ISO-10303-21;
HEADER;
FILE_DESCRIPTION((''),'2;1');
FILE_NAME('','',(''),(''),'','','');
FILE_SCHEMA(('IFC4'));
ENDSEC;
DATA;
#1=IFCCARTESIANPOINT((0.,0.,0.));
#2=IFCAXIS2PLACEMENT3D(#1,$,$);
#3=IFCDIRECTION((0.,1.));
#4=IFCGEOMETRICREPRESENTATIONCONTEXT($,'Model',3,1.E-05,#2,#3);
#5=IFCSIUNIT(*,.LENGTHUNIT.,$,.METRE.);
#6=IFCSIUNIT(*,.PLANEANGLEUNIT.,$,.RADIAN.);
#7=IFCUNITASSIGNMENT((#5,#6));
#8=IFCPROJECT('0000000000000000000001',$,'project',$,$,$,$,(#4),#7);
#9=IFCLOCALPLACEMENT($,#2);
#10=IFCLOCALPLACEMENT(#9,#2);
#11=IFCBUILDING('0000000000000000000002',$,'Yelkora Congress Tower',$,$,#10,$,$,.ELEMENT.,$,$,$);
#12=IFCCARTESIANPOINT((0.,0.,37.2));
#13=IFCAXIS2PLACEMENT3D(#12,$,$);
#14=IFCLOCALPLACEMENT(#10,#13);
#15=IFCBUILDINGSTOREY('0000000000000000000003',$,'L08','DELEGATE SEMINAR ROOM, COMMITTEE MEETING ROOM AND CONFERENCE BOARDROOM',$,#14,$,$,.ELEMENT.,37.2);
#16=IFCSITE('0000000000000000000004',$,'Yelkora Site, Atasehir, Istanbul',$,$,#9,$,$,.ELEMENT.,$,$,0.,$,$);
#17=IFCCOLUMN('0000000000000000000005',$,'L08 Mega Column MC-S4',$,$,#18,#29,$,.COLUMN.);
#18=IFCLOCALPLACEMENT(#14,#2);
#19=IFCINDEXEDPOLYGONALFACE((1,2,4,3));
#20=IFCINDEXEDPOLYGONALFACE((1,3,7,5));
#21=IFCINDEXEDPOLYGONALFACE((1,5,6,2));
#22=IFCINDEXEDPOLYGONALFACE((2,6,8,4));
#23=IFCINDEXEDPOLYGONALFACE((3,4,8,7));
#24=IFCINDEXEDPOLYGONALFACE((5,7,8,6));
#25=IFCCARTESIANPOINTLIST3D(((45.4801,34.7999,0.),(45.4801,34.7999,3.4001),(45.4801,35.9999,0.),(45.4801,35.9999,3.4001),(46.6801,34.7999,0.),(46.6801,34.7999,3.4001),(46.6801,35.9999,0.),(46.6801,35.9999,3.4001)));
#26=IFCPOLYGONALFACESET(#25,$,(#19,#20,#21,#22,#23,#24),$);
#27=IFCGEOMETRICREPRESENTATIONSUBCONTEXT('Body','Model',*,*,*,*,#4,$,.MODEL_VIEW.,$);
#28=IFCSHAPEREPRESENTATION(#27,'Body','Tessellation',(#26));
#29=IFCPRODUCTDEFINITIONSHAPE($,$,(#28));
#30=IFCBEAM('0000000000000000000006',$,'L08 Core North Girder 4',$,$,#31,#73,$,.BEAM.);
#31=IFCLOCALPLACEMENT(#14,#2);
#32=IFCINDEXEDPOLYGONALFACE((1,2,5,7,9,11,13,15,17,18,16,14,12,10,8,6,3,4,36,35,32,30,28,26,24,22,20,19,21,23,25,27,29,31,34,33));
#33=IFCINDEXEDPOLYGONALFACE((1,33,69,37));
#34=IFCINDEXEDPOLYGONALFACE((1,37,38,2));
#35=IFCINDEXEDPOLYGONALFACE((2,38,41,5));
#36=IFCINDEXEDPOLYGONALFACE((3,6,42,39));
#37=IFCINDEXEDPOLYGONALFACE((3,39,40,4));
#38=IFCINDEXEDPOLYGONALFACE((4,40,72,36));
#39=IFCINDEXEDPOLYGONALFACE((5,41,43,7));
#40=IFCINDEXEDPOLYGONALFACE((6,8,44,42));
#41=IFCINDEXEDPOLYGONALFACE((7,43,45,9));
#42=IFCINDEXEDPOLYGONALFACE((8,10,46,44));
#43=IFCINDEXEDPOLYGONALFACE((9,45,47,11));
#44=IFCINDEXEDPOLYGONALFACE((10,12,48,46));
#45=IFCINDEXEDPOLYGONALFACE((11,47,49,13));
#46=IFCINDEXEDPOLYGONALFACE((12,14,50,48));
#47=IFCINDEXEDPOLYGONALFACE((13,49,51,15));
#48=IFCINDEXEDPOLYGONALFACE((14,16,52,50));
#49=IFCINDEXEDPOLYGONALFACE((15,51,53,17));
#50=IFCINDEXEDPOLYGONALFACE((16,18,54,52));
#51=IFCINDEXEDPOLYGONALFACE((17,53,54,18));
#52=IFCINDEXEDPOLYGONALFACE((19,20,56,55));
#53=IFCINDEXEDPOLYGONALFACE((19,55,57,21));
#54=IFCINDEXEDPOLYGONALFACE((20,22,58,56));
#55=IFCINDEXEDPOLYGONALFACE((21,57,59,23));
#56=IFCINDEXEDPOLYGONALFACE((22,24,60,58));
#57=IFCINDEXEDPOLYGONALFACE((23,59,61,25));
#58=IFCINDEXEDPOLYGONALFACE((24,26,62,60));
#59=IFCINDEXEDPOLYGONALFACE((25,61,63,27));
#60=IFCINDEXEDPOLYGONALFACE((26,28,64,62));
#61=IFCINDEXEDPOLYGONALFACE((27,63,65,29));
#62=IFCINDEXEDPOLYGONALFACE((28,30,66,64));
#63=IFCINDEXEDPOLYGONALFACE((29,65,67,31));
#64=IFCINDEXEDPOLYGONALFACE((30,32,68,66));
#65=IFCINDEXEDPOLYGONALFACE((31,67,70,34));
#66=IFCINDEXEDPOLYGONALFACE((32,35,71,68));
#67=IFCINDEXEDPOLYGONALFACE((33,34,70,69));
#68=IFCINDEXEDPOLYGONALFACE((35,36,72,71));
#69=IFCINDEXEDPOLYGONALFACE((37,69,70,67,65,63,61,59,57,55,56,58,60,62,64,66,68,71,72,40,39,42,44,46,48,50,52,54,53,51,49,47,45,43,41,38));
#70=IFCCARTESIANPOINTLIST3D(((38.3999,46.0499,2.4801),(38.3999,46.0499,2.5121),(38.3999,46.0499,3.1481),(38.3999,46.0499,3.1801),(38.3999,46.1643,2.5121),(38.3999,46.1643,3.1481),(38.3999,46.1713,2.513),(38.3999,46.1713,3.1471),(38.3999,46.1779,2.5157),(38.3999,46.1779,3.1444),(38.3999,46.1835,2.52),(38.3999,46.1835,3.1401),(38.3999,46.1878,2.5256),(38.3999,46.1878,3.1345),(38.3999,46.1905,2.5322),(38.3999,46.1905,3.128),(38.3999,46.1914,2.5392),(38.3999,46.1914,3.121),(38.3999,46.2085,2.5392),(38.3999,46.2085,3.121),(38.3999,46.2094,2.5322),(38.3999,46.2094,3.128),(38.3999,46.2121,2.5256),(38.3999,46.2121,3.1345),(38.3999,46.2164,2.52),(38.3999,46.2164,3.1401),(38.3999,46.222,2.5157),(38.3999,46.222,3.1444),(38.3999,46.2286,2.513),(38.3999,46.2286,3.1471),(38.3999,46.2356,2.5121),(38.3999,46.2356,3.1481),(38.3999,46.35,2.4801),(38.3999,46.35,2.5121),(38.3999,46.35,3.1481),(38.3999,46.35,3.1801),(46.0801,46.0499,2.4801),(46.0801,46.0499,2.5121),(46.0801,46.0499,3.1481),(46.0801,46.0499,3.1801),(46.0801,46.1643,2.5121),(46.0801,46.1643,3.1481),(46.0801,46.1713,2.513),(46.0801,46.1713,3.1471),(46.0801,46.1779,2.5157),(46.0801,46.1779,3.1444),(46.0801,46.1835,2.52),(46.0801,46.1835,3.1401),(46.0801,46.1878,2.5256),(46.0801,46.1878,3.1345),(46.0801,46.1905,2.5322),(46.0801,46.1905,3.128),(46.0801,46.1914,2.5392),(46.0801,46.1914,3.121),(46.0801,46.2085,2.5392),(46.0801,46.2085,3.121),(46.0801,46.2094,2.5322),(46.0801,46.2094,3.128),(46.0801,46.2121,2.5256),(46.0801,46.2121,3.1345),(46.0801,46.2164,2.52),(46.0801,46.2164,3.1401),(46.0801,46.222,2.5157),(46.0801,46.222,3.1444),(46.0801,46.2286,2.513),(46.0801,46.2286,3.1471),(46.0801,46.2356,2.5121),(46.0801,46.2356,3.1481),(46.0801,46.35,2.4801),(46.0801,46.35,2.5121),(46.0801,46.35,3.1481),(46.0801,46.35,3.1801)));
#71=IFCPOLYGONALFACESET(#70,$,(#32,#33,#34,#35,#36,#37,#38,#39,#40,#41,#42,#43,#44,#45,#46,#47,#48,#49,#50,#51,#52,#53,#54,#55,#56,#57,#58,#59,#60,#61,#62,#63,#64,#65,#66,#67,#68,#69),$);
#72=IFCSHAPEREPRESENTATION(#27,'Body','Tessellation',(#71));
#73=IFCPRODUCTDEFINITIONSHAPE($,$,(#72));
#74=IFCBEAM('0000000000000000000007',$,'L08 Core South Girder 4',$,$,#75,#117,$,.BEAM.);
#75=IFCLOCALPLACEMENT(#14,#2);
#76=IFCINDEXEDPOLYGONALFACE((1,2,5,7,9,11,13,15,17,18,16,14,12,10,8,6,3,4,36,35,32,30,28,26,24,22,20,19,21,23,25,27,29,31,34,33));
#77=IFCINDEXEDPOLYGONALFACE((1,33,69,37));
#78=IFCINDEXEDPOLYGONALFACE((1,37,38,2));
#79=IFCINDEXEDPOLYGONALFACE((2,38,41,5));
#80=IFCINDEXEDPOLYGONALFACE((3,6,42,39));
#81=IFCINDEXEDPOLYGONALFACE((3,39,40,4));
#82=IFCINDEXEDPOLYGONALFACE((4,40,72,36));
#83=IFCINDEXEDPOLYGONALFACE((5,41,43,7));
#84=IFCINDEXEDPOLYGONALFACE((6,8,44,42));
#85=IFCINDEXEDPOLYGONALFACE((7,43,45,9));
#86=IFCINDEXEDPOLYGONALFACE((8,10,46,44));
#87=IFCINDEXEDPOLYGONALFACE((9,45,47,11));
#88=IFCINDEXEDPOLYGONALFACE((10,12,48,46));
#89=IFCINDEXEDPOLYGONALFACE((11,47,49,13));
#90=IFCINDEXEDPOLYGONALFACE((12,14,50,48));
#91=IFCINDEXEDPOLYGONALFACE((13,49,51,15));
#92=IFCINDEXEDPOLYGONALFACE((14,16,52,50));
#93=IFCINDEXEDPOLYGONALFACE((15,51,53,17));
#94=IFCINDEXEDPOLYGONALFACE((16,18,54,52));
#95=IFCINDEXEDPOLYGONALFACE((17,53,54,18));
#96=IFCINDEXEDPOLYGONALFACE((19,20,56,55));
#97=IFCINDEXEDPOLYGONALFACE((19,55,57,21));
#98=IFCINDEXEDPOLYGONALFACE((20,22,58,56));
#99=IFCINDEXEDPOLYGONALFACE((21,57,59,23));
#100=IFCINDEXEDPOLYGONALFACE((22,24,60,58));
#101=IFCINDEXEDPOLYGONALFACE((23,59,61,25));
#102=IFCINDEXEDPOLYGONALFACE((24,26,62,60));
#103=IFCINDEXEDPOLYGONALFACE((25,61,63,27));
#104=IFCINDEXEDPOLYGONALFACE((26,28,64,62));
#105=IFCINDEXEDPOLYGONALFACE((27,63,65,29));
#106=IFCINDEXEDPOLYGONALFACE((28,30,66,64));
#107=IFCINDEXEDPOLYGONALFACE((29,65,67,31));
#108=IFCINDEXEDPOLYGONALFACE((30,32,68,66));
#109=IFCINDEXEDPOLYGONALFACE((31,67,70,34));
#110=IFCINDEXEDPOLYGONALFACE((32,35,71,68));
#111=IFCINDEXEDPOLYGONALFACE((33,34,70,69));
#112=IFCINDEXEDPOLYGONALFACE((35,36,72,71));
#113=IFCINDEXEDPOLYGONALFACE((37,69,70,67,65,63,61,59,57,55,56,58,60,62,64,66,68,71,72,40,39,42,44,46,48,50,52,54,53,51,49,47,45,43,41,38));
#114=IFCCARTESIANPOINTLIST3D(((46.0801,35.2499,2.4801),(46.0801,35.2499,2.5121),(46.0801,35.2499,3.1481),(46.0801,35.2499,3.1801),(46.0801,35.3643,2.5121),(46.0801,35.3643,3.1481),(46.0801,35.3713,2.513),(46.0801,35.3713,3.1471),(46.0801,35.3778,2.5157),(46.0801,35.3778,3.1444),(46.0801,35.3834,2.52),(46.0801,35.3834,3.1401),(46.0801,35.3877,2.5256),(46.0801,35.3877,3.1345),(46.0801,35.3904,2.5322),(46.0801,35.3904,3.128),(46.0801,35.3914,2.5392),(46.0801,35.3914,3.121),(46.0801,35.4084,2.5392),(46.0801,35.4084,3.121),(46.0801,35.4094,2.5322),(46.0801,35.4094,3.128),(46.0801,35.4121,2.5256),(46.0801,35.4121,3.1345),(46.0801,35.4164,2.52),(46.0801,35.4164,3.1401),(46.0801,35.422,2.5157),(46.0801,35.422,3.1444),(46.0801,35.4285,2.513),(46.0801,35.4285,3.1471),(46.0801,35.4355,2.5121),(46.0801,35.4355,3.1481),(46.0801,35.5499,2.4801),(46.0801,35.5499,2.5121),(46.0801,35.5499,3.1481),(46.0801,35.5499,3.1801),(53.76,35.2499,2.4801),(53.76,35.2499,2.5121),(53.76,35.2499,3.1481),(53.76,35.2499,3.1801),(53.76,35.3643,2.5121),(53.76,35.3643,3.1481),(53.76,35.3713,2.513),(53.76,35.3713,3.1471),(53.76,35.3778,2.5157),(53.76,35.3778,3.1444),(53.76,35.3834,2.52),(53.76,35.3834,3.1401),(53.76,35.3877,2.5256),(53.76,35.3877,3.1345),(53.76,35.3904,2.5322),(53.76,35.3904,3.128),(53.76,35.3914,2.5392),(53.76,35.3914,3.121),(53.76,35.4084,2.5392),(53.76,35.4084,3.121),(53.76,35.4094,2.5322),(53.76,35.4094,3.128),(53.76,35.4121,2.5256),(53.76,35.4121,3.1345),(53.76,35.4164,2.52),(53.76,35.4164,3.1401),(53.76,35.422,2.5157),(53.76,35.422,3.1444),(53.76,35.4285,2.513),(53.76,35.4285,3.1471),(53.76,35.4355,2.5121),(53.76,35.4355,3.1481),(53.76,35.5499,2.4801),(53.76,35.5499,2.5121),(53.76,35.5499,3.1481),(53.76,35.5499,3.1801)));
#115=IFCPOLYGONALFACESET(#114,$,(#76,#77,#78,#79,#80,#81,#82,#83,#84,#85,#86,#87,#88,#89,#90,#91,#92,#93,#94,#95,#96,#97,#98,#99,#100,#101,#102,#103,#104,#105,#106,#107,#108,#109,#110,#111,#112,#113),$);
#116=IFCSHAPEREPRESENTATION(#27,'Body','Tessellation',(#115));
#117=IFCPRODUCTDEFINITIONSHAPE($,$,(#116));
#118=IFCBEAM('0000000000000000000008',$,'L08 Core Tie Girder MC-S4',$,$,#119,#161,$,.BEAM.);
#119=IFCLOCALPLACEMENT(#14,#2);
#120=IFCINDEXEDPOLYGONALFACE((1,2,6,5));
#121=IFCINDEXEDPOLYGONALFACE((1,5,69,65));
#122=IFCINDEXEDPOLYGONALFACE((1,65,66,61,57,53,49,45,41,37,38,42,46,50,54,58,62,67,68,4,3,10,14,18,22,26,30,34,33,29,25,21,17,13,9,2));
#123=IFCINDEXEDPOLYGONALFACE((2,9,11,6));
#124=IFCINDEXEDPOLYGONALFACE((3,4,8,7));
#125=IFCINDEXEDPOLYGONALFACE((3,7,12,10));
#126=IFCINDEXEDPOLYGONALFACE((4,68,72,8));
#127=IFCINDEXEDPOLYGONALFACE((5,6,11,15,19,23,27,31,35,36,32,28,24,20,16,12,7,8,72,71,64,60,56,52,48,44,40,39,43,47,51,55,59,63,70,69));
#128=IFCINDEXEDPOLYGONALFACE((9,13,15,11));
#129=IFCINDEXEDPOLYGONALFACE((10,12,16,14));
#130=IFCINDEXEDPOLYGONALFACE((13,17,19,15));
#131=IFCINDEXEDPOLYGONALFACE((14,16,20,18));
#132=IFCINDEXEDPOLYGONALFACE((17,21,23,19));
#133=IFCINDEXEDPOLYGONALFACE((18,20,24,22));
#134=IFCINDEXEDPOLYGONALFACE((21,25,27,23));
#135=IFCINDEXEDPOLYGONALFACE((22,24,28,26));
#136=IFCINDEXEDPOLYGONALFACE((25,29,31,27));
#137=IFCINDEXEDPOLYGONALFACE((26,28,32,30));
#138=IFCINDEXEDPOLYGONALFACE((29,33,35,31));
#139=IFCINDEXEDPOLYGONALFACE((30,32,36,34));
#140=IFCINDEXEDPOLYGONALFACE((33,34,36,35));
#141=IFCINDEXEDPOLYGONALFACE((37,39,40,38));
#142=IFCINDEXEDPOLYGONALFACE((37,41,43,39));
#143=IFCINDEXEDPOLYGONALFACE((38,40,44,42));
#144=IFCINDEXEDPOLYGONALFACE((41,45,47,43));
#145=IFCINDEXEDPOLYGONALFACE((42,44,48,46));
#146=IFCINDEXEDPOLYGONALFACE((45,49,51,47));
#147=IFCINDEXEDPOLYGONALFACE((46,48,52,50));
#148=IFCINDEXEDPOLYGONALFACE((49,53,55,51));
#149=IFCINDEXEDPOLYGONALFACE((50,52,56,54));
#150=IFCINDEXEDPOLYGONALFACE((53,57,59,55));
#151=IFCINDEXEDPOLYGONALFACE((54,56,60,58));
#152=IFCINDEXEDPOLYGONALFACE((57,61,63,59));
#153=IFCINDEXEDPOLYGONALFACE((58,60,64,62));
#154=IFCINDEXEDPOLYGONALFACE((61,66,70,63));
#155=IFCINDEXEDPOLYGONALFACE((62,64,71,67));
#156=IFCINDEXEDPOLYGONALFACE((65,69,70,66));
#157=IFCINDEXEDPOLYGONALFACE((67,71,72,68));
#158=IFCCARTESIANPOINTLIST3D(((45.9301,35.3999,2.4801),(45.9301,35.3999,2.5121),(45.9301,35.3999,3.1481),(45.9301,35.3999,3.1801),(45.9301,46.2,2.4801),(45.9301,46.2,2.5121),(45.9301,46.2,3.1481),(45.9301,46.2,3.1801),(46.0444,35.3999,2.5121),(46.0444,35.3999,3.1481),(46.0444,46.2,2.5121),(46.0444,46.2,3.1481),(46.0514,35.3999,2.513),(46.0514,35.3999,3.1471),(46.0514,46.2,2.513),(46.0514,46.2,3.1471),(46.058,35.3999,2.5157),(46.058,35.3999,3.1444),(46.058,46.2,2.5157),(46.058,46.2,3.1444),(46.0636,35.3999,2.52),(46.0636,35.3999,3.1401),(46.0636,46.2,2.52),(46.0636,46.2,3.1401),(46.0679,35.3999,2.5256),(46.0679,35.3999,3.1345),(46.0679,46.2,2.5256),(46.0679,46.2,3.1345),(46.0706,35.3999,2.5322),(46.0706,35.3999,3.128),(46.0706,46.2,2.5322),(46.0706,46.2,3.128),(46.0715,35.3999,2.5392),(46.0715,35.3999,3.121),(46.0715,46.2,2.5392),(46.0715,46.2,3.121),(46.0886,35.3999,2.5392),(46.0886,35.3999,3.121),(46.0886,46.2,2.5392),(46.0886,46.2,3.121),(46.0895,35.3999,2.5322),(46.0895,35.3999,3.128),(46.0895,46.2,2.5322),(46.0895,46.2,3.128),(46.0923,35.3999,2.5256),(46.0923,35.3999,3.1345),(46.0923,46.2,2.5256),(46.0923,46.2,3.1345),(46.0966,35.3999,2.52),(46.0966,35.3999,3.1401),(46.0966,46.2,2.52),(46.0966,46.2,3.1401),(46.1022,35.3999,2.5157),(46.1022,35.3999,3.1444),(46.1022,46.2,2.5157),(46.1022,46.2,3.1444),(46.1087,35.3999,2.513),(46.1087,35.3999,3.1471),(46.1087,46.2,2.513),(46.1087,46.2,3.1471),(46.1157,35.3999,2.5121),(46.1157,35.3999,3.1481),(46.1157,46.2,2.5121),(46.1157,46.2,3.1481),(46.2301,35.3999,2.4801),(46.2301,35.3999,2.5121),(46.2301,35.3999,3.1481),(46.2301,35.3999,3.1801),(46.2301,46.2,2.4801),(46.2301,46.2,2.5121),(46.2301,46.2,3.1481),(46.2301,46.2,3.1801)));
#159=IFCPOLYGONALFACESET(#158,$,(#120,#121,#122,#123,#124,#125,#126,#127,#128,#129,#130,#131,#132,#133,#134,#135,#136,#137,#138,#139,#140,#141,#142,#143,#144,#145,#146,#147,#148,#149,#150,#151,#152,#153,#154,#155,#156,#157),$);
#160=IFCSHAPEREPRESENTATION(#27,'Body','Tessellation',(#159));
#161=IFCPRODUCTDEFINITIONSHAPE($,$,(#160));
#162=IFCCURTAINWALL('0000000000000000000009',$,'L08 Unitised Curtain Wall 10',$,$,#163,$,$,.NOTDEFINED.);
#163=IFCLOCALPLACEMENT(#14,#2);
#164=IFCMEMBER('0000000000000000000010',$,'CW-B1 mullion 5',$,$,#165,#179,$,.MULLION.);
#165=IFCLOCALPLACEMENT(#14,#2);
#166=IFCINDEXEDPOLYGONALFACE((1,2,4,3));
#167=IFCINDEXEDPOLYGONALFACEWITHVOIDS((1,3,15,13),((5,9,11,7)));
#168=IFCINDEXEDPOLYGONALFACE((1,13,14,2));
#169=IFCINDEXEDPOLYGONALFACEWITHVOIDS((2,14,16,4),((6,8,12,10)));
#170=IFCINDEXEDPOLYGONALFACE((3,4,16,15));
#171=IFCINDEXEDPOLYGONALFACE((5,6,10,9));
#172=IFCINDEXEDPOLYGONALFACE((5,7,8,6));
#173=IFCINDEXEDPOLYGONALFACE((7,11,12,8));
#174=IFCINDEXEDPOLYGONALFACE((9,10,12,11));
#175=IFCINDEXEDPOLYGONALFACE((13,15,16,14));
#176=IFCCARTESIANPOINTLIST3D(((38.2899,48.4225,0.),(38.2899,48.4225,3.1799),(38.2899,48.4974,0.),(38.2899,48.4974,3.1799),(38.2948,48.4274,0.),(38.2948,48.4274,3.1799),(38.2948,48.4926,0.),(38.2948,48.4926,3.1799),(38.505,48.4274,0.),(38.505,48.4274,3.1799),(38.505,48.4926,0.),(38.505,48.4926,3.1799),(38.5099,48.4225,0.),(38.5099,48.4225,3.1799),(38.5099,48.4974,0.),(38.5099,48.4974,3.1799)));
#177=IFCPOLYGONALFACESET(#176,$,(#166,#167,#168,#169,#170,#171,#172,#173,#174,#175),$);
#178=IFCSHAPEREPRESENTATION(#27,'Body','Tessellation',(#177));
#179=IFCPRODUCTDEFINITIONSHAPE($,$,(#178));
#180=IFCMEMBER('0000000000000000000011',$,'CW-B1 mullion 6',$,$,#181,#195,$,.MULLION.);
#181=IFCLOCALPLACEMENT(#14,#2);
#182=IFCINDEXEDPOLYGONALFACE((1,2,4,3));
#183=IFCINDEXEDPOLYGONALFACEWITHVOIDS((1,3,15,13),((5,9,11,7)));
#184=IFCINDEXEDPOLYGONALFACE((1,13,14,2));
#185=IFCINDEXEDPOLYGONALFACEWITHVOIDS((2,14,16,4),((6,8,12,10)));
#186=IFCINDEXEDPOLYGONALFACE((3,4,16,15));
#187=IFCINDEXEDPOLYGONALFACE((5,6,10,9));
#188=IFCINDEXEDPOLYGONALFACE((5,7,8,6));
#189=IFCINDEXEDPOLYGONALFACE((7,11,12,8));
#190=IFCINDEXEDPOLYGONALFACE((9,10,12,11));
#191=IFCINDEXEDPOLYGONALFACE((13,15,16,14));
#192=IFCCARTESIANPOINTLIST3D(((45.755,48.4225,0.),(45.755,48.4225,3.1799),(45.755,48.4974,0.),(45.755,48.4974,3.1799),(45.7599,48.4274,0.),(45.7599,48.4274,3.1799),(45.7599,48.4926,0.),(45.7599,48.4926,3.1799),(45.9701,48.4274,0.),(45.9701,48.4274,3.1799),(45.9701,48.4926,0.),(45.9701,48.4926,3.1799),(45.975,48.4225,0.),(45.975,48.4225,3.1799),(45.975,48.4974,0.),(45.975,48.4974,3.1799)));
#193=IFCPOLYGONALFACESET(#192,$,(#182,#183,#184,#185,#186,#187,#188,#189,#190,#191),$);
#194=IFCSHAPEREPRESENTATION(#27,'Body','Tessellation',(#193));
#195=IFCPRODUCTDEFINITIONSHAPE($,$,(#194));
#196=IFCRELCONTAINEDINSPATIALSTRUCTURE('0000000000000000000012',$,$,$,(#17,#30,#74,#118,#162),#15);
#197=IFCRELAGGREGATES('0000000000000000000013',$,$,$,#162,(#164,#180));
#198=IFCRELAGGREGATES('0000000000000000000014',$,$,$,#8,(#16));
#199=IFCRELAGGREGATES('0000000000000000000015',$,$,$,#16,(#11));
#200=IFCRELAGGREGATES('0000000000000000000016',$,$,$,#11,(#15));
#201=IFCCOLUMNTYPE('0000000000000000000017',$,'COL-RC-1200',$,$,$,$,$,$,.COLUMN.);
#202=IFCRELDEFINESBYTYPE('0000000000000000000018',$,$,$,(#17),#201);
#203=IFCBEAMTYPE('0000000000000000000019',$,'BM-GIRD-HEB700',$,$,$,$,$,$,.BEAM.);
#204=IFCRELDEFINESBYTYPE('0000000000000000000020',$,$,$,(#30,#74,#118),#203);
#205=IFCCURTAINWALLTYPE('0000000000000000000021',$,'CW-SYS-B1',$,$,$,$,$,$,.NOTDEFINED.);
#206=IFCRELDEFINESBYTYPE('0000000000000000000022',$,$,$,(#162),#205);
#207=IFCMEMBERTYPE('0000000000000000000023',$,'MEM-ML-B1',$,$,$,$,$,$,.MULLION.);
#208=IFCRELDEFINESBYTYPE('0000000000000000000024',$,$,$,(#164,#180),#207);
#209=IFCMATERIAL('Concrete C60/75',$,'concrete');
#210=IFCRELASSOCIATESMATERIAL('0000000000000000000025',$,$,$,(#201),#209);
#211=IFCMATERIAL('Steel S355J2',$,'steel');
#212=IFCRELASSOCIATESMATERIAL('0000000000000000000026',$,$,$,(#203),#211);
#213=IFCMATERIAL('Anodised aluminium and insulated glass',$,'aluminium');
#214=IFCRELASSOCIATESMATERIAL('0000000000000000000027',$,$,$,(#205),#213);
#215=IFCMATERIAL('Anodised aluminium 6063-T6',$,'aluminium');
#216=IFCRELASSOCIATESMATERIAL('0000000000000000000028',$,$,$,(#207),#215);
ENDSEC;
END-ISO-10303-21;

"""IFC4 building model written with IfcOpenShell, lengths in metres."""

from ifc_helpers import new_model, si_unit, direction, frame, origin, origin_2d, place, context, subcontext, project, spatial, rectangle, hollow_rectangle, i_section, extrude, material, material_profile, profile_set, type_object, element, aggregate, save


model = new_model("IFC4")

# Units and contexts
model_context = context("Model", 3, precision=1e-05, world=origin(), true_north=direction((0.0, 1.0)))
body_context = subcontext(model_context, "Body", "Model", "MODEL_VIEW")
ifc_project = project(units=[si_unit("LENGTHUNIT", "METRE"), si_unit("PLANEANGLEUNIT", "RADIAN")], contexts=[model_context])

# Site, building, storey
site_placement = place(None, origin())
site = spatial("IfcSite", under=ifc_project, at=site_placement, Name="Yelkora Site, Atasehir, Istanbul", CompositionType="ELEMENT", RefElevation=0.0)
building_placement = place(site_placement, origin())
building = spatial("IfcBuilding", under=site, at=building_placement, Name="Yelkora Congress Tower", CompositionType="ELEMENT")
storey_placement = place(building_placement, frame((0.0, 0.0, 37.2)))
storey = spatial("IfcBuildingStorey", under=building, at=storey_placement, Name="L08", Description="DELEGATE SEMINAR ROOM, COMMITTEE MEETING ROOM AND CONFERENCE BOARDROOM", CompositionType="ELEMENT", Elevation=37.2)

# Column
ifc_material_1 = material(Name="Concrete C60/75", Category="concrete")
ifc_material_profile_1 = material_profile(ifc_material_1, rectangle(XDim=1.2, YDim=1.2, at=origin_2d()), Name="RC 1200x1200")
ifc_profile_set_1 = profile_set([ifc_material_profile_1], Name="Concrete C60/75")
column_type = type_object("IfcColumnType", Name="COL-RC-1200", PredefinedType="COLUMN", material=ifc_profile_set_1)
column_placement = place(storey_placement, frame((46.0801, 35.3999, 0.0), z_axis=(0.0, 0.0, 1.0), x_axis=(1.0, 0.0, 0.0)))
element("IfcColumn", 1, at=column_placement, inside=storey, type_object=column_type, Name="L08 Mega Column MC-S4", PredefinedType="COLUMN", context=body_context, shape_type="SweptSolid", body=[
    extrude(rectangle(XDim=1.2, YDim=1.2, at=origin_2d()), origin(), (0.0, 0.0, 1.0), 3.4001),
])

# Beams
ifc_material_2 = material(Name="Steel S355J2", Category="steel")
ifc_material_profile_2 = material_profile(ifc_material_2, i_section(OverallWidth=0.3, OverallDepth=0.7, WebThickness=0.0171, FlangeThickness=0.032, FilletRadius=0.0271, at=origin_2d()), Name="HEB 700")
ifc_profile_set_2 = profile_set([ifc_material_profile_2], Name="Steel S355J2")
beam_type = type_object("IfcBeamType", Name="BM-GIRD-HEB700", PredefinedType="BEAM", material=ifc_profile_set_2)
beam_1_placement = place(storey_placement, frame((38.3999, 46.2, 2.8301), z_axis=(1.0, 0.0, 0.0), x_axis=(0.0, 1.0, 0.0)))
element("IfcBeam", 2, at=beam_1_placement, inside=storey, type_object=beam_type, Name="L08 Core North Girder 4", PredefinedType="BEAM", context=body_context, shape_type="SweptSolid", body=[
    extrude(i_section(OverallWidth=0.3, OverallDepth=0.7, WebThickness=0.0171, FlangeThickness=0.032, FilletRadius=0.0271, at=origin_2d()), origin(), (0.0, 0.0, 1.0), 7.6802),
])
beam_2_placement = place(storey_placement, frame((46.0801, 35.3999, 2.8301), z_axis=(1.0, 0.0, 0.0), x_axis=(0.0, 1.0, 0.0)))
element("IfcBeam", 3, at=beam_2_placement, inside=storey, type_object=beam_type, Name="L08 Core South Girder 4", PredefinedType="BEAM", context=body_context, shape_type="SweptSolid", body=[
    extrude(i_section(OverallWidth=0.3, OverallDepth=0.7, WebThickness=0.0171, FlangeThickness=0.032, FilletRadius=0.0271, at=origin_2d()), origin(), (0.0, 0.0, 1.0), 7.6799),
])
beam_3_placement = place(storey_placement, frame((46.0801, 35.3999, 2.8301), z_axis=(0.0, 1.0, 0.0), x_axis=(-1.0, 0.0, 0.0)))
element("IfcBeam", 4, at=beam_3_placement, inside=storey, type_object=beam_type, Name="L08 Core Tie Girder MC-S4", PredefinedType="BEAM", context=body_context, shape_type="SweptSolid", body=[
    extrude(i_section(OverallWidth=0.3, OverallDepth=0.7, WebThickness=0.0171, FlangeThickness=0.032, FilletRadius=0.0271, at=origin_2d()), origin(), (0.0, 0.0, 1.0), 10.8),
])

# Curtain wall, members
ifc_material_3 = material(Name="Anodised aluminium and insulated glass", Category="aluminium")
curtain_wall_type = type_object("IfcCurtainWallType", Name="CW-SYS-B1", PredefinedType="NOTDEFINED", material=ifc_material_3)
curtain_wall_placement = place(storey_placement, origin())
curtain_wall = element("IfcCurtainWall", 5, at=curtain_wall_placement, inside=storey, type_object=curtain_wall_type, Name="L08 Unitised Curtain Wall 10", PredefinedType="NOTDEFINED")
ifc_material_4 = material(Name="Anodised aluminium 6063-T6", Category="aluminium")
ifc_material_profile_3 = material_profile(ifc_material_4, hollow_rectangle(XDim=0.075, YDim=0.22, WallThickness=0.0049, at=origin_2d()), Name="ALU 75x220x5")
ifc_profile_set_3 = profile_set([ifc_material_profile_3], Name="Anodised aluminium 6063-T6")
member_type_1 = type_object("IfcMemberType", Name="MEM-ML-B1", PredefinedType="MULLION", material=ifc_profile_set_3)
member_1_placement = place(storey_placement, frame((38.3999, 48.46, 0.0), z_axis=(0.0, 0.0, 1.0), x_axis=(0.0, 1.0, 0.0)))
member_1 = element("IfcMember", 6, at=member_1_placement, type_object=member_type_1, Name="CW-B1 mullion 5", PredefinedType="MULLION", context=body_context, shape_type="SweptSolid", body=[
    extrude(hollow_rectangle(XDim=0.075, YDim=0.22, WallThickness=0.0049, at=origin_2d()), origin(), (0.0, 0.0, 1.0), 3.1799),
])
member_2_placement = place(storey_placement, frame((45.865, 48.46, 0.0), z_axis=(0.0, 0.0, 1.0), x_axis=(0.0, 1.0, 0.0)))
member_2 = element("IfcMember", 7, at=member_2_placement, type_object=member_type_1, Name="CW-B1 mullion 6", PredefinedType="MULLION", context=body_context, shape_type="SweptSolid", body=[
    extrude(hollow_rectangle(XDim=0.075, YDim=0.22, WallThickness=0.0049, at=origin_2d()), origin(), (0.0, 0.0, 1.0), 3.1799),
])
aggregate(curtain_wall, [member_1, member_2])

save(model, "model.ifc")
